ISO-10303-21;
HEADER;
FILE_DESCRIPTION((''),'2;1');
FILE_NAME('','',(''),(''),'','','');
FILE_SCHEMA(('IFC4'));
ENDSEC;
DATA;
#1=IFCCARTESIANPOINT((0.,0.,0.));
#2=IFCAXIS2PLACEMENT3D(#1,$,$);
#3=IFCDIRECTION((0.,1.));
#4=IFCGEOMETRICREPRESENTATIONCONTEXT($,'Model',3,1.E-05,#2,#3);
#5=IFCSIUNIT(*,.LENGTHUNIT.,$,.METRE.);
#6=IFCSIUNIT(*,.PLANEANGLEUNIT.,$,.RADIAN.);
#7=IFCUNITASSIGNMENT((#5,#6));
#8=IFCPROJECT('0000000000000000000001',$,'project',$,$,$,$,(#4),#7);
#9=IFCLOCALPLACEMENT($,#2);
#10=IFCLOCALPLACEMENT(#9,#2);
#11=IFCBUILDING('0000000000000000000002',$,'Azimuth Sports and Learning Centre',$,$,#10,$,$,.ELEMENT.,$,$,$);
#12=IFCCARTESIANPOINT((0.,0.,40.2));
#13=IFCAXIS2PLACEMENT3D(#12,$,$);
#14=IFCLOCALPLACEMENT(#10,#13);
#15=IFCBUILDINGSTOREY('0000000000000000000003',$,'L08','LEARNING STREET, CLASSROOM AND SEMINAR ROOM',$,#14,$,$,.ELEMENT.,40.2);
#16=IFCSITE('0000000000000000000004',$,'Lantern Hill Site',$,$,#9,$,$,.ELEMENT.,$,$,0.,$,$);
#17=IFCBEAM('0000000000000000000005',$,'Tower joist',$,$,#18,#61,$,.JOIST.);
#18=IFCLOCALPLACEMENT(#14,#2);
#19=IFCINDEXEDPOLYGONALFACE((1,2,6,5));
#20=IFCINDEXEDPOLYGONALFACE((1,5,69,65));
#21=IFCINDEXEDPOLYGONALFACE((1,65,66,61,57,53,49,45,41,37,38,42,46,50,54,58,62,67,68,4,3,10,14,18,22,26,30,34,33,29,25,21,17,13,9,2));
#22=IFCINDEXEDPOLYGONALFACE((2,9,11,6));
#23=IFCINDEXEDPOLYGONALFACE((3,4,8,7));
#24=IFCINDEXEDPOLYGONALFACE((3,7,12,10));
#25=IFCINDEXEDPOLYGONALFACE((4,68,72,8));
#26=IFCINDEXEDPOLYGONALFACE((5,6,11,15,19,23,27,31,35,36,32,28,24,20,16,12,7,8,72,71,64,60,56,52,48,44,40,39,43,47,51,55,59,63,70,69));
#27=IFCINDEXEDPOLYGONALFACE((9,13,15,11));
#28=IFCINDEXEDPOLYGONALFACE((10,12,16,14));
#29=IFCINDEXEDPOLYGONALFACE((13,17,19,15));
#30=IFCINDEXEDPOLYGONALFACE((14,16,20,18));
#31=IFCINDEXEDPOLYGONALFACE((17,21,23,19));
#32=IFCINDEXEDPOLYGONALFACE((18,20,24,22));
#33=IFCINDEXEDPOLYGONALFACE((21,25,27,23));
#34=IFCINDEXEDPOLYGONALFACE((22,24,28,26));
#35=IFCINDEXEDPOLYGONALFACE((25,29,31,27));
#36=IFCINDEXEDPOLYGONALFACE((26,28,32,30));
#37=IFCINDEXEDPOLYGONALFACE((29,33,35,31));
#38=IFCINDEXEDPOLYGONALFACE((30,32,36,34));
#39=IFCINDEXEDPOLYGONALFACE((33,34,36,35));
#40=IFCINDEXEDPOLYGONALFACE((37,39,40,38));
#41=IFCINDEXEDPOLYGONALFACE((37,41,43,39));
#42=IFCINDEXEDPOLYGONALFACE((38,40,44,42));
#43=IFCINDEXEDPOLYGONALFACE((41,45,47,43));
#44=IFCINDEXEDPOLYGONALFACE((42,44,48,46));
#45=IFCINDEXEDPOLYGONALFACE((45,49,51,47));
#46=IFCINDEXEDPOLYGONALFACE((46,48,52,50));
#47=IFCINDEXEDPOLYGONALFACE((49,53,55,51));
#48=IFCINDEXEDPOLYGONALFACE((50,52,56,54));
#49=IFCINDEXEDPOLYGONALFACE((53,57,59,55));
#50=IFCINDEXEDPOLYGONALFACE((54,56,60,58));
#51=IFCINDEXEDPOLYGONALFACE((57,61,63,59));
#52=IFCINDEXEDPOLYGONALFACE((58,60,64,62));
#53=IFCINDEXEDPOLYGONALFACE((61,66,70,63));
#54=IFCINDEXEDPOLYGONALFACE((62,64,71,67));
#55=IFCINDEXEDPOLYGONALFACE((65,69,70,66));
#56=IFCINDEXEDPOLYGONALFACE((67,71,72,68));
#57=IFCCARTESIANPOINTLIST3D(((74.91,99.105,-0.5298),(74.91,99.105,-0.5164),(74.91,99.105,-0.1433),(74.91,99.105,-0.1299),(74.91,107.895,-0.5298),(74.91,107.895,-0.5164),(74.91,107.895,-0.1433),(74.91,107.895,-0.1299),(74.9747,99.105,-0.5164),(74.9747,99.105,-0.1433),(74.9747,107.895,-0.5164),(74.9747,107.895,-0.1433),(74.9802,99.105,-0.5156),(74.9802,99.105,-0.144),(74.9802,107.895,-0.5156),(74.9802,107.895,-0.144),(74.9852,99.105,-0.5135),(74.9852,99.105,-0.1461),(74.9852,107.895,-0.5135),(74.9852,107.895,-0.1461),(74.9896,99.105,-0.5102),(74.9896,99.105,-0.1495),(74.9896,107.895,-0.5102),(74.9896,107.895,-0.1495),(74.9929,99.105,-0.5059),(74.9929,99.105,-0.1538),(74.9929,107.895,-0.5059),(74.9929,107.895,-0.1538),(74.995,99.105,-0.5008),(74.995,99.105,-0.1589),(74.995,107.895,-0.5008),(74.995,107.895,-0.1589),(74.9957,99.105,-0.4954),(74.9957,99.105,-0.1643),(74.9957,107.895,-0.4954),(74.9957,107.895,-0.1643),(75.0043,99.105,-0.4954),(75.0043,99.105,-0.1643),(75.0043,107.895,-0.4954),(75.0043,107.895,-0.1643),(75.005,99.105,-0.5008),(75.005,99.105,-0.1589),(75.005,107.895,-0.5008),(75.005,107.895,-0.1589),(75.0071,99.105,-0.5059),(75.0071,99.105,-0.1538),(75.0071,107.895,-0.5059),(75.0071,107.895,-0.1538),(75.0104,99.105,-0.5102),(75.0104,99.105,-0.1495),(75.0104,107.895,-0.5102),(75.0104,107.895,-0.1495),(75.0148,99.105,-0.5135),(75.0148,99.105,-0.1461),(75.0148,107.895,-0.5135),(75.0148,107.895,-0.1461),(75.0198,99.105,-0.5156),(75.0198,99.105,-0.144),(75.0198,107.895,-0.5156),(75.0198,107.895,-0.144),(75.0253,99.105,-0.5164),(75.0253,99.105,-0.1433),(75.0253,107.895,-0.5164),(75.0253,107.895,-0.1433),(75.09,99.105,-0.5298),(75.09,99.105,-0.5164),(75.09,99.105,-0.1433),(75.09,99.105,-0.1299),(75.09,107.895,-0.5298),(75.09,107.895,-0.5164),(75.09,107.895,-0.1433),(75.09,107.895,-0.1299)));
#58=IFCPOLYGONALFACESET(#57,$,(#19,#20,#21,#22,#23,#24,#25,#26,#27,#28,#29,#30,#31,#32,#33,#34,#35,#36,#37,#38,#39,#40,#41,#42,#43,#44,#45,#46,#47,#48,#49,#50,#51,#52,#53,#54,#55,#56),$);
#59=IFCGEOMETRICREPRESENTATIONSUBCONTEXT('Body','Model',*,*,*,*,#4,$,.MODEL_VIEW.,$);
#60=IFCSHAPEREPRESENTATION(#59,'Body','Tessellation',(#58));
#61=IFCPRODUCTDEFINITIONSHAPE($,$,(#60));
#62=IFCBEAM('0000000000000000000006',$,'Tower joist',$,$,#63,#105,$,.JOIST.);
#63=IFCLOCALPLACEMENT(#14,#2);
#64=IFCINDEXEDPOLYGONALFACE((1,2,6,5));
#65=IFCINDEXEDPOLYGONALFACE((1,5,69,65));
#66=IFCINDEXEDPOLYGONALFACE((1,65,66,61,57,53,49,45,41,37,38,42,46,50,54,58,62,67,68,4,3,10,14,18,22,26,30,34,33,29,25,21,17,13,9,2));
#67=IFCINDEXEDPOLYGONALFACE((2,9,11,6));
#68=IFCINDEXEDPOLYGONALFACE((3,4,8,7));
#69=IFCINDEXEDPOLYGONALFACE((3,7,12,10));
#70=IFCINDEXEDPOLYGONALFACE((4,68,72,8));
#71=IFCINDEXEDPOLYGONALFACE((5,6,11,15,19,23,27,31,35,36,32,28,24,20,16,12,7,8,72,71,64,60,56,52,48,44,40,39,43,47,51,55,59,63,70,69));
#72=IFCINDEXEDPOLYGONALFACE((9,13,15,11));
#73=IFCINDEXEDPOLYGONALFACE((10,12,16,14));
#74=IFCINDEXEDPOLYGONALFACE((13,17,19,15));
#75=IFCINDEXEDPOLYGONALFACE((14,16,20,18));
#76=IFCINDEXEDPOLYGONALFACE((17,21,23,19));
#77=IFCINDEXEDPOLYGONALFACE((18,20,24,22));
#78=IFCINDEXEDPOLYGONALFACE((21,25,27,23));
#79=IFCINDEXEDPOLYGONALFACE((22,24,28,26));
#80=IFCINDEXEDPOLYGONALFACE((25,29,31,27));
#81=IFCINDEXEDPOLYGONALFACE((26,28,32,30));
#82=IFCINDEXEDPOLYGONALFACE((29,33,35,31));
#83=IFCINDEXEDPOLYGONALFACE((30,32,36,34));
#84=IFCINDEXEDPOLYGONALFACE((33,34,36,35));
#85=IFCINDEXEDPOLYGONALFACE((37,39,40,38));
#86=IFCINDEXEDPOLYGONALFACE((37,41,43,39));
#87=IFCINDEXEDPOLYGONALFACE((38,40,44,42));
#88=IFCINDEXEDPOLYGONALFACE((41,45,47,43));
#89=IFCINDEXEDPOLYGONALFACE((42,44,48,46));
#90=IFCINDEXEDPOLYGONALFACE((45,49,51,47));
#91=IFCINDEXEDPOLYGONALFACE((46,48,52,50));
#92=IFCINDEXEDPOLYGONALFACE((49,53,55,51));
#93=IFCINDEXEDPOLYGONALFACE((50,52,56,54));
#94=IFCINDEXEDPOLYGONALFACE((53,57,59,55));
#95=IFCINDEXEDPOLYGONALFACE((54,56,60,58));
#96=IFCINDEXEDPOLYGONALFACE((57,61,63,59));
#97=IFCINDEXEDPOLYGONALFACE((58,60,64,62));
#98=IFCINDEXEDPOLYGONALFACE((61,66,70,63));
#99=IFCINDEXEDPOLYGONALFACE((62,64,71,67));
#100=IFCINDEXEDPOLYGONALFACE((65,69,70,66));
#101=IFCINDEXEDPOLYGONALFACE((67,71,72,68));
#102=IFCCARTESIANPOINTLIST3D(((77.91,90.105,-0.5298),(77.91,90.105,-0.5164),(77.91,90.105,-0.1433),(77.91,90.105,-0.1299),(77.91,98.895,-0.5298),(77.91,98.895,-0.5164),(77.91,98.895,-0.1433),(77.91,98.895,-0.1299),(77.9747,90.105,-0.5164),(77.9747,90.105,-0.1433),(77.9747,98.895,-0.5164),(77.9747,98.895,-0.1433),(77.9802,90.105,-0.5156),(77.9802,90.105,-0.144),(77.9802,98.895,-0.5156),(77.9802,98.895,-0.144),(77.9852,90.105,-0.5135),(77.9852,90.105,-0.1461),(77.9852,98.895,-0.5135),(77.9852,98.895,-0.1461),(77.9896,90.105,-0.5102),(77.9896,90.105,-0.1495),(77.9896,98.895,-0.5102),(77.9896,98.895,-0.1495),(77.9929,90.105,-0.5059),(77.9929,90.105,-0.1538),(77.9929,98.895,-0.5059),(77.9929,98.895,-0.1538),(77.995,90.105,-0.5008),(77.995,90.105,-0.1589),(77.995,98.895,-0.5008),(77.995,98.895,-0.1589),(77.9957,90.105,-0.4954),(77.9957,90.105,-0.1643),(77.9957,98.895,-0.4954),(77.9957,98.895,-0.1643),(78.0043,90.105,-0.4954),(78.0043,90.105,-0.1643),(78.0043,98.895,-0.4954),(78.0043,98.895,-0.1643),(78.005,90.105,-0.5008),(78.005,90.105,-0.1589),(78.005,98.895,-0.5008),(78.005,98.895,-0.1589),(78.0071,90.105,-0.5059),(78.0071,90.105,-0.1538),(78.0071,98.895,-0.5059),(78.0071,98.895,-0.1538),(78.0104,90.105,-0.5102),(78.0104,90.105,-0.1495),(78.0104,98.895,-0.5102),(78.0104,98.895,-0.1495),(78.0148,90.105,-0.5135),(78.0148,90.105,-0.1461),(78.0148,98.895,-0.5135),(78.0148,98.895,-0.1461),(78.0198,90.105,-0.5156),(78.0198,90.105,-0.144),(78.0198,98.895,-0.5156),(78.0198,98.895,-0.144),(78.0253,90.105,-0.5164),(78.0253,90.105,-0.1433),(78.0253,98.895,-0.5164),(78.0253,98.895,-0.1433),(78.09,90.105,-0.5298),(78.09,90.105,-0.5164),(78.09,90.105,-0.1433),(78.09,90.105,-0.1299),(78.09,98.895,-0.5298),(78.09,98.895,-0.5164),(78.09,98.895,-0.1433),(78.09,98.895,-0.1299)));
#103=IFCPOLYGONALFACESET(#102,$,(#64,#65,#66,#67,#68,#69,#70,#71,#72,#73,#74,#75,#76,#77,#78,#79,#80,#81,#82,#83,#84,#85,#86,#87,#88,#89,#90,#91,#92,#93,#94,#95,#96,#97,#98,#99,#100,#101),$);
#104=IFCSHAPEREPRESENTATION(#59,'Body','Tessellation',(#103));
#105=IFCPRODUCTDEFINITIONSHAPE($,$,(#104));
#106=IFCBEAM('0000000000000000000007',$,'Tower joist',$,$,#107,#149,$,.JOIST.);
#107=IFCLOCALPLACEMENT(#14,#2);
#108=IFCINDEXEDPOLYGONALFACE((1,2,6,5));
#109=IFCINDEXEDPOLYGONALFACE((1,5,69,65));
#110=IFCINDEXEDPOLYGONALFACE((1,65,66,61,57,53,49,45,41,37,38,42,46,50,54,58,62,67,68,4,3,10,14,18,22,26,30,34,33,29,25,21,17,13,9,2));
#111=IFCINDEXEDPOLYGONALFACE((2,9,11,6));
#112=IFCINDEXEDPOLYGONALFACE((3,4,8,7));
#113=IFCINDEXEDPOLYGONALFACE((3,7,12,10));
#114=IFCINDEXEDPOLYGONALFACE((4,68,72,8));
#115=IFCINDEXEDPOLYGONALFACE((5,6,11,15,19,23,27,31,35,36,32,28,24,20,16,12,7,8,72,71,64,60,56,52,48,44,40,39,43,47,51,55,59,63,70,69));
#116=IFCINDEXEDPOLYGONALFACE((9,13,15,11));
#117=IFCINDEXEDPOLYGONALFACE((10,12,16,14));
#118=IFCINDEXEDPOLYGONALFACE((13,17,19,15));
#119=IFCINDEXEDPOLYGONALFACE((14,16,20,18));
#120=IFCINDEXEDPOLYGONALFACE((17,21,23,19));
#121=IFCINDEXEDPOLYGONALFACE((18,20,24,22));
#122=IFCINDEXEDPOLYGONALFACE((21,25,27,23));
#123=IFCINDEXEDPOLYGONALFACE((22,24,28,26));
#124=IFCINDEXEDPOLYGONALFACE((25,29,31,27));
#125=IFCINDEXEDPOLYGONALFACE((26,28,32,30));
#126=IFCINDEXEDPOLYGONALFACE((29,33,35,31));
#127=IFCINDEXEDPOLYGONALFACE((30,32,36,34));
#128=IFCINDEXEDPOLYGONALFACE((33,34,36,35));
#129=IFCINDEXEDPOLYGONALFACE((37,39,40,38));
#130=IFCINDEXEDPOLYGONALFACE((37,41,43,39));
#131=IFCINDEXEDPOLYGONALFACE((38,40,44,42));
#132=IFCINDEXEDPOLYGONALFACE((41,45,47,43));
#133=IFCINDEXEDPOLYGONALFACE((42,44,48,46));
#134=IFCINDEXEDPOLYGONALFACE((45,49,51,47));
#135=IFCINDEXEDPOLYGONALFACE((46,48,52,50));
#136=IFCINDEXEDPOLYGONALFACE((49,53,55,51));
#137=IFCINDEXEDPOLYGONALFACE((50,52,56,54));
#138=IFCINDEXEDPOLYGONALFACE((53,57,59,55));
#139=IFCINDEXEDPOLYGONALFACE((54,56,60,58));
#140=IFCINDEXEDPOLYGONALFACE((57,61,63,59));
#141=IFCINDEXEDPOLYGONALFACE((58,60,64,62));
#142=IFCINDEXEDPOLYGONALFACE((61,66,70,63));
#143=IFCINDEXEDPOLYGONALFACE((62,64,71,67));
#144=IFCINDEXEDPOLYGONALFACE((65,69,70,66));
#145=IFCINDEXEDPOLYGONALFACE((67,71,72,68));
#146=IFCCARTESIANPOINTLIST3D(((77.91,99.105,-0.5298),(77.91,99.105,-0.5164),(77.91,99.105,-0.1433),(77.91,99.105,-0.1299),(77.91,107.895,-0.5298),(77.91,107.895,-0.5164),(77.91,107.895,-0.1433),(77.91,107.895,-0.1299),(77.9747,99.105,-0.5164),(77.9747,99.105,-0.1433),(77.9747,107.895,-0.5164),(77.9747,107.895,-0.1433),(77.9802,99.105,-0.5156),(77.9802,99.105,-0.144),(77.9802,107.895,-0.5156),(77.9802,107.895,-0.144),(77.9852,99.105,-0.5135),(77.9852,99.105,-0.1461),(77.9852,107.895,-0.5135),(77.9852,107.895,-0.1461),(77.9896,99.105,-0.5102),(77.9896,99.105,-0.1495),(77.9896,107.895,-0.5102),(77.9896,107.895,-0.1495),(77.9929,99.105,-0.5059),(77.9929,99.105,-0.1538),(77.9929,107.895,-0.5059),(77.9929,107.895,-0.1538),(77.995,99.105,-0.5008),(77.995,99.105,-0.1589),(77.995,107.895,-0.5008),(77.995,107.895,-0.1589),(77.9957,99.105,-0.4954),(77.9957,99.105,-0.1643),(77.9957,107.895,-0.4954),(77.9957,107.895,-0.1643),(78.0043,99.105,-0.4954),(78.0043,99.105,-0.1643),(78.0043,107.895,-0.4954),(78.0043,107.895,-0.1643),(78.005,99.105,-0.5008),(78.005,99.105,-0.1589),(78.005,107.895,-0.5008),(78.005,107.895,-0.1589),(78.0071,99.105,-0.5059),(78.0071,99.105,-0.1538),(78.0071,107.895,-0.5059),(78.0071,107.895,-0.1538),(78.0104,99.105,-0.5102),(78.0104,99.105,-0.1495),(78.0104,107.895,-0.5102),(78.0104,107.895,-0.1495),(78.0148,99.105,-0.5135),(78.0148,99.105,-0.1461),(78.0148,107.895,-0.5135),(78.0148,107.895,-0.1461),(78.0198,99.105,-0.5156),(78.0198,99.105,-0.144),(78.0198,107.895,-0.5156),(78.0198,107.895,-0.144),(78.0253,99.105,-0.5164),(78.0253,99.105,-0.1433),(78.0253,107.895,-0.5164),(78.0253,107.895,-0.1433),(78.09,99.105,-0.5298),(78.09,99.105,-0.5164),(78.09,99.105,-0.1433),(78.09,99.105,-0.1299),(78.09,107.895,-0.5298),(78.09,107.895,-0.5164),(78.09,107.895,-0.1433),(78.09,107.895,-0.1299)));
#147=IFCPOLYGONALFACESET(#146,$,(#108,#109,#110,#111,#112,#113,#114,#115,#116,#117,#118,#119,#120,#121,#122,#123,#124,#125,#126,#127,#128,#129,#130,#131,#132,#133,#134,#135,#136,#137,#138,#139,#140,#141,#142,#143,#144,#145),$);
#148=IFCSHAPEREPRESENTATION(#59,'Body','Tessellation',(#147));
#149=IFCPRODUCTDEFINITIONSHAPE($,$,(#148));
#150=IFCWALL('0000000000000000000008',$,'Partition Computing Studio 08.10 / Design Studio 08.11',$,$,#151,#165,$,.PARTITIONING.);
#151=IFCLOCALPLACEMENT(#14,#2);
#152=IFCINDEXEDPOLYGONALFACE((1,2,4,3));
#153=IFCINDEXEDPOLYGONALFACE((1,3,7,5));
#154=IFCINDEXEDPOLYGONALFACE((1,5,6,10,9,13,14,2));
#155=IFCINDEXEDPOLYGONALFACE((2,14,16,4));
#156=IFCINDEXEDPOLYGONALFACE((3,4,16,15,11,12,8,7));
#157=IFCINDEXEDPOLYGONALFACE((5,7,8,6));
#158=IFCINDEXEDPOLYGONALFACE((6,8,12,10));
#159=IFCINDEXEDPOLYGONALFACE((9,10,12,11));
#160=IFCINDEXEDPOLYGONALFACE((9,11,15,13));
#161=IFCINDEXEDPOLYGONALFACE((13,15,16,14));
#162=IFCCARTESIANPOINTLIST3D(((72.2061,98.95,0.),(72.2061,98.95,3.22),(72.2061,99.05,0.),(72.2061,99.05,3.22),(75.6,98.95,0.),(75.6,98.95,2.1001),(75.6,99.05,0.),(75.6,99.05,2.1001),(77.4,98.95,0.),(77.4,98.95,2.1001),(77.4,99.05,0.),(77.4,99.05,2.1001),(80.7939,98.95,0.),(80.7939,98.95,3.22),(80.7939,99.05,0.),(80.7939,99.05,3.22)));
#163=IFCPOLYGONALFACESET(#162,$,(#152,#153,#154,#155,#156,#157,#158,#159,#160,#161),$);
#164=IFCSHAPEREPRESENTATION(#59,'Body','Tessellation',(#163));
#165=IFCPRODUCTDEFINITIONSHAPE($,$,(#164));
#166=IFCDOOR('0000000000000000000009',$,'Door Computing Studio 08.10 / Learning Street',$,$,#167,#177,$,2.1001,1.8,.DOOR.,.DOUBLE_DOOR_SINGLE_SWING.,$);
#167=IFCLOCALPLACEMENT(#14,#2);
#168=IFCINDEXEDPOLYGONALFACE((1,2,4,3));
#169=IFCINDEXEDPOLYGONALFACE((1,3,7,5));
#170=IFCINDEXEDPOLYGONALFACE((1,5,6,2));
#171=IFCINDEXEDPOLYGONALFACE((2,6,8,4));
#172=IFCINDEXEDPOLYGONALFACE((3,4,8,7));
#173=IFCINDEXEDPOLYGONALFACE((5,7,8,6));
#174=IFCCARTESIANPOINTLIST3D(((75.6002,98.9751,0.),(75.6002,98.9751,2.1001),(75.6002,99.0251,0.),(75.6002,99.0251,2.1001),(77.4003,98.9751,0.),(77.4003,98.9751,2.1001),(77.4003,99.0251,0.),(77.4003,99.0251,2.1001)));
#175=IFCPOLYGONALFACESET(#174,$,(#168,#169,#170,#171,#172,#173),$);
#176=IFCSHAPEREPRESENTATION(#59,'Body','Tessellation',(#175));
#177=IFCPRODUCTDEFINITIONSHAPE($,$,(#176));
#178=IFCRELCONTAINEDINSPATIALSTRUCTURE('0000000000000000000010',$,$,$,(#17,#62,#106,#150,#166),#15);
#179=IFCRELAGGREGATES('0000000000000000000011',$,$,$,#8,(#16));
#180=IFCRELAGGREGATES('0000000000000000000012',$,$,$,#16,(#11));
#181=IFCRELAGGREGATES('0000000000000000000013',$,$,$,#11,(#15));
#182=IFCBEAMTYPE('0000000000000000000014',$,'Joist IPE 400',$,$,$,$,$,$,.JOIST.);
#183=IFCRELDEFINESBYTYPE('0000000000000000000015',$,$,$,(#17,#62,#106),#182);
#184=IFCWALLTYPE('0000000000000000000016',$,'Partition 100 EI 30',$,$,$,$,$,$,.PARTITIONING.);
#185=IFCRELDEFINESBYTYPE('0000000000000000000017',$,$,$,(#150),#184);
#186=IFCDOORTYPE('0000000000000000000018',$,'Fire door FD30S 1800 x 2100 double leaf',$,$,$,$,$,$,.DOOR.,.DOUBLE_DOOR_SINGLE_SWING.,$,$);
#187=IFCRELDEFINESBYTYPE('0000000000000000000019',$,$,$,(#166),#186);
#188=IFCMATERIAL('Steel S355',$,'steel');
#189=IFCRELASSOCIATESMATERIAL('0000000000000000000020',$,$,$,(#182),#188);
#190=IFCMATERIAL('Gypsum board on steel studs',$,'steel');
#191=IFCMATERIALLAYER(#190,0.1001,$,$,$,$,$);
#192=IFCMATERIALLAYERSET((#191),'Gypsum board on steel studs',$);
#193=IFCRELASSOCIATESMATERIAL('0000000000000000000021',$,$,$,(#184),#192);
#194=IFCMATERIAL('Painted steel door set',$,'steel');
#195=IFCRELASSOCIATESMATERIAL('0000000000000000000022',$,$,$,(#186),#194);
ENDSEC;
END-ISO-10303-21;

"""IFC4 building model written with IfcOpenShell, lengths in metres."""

from ifc_helpers import new_model, si_unit, direction, frame, frame_2d, origin, origin_2d, place, context, subcontext, project, spatial, rectangle, i_section, extrude, material, layer, layer_set, material_profile, profile_set, type_object, element, fill, save


model = new_model("IFC4")

# Units and contexts
model_context = context("Model", 3, precision=1e-05, world=origin(), true_north=direction((0.0, 1.0)))
body_context = subcontext(model_context, "Body", "Model", "MODEL_VIEW")
ifc_project = project(units=[si_unit("LENGTHUNIT", "METRE"), si_unit("PLANEANGLEUNIT", "RADIAN")], contexts=[model_context])

# Site, building, storey
site_placement = place(None, origin())
site = spatial("IfcSite", under=ifc_project, at=site_placement, Name="Lantern Hill Site", CompositionType="ELEMENT", RefElevation=0.0)
building_placement = place(site_placement, origin())
building = spatial("IfcBuilding", under=site, at=building_placement, Name="Azimuth Sports and Learning Centre", CompositionType="ELEMENT")
storey_placement = place(building_placement, frame((0.0, 0.0, 40.2)))
storey = spatial("IfcBuildingStorey", under=building, at=storey_placement, Name="L08", Description="LEARNING STREET, CLASSROOM AND SEMINAR ROOM", CompositionType="ELEMENT", Elevation=40.2)

# Beams
ifc_material_1 = material(Name="Steel S355", Category="steel")
ifc_material_profile_1 = material_profile(ifc_material_1, i_section(OverallWidth=0.1799, OverallDepth=0.3999, WebThickness=0.0085, FlangeThickness=0.0134, FilletRadius=0.021, at=origin_2d()), Name="IPE 400")
ifc_profile_set_1 = profile_set([ifc_material_profile_1], Name="Steel S355")
beam_type_1 = type_object("IfcBeamType", Name="Joist IPE 400", PredefinedType="JOIST", material=ifc_profile_set_1)
for number, where, z_axis, x_axis, name in (
    (1, (75.0, 99.105, -0.3298), (0.0, 1.0, 0.0), (-1.0, 0.0, 0.0), "Tower joist"),
    (2, (78.0, 90.105, -0.3298), (0.0, 1.0, 0.0), (-1.0, 0.0, 0.0), "Tower joist"),
    (3, (78.0, 99.105, -0.3298), (0.0, 1.0, 0.0), (-1.0, 0.0, 0.0), "Tower joist"),
):
    element("IfcBeam", number, at=place(storey_placement, frame(where, z_axis=z_axis, x_axis=x_axis)), inside=storey, type_object=beam_type_1, Name=name, PredefinedType="JOIST", context=body_context, shape_type="SweptSolid", body=[
        extrude(i_section(OverallWidth=0.1799, OverallDepth=0.3999, WebThickness=0.0085, FlangeThickness=0.0134, FilletRadius=0.021, at=origin_2d()), origin(), (0.0, 0.0, 1.0), 8.79),
    ])

# Wall, opening, door
ifc_material_2 = material(Name="Gypsum board on steel studs", Category="steel")
ifc_layer_1 = layer(ifc_material_2, 0.1001)
ifc_layer_set_1 = layer_set([ifc_layer_1], Name="Gypsum board on steel studs")
wall_type_1 = type_object("IfcWallType", Name="Partition 100 EI 30", PredefinedType="PARTITIONING", material=ifc_layer_set_1)
wall_1_placement = place(storey_placement, frame((72.2061, 99.0, 0.0), z_axis=(0.0, 0.0, 1.0), x_axis=(1.0, 0.0, 0.0)))
wall_1 = element("IfcWall", 4, at=wall_1_placement, inside=storey, type_object=wall_type_1, Name="Partition Computing Studio 08.10 / Design Studio 08.11", PredefinedType="PARTITIONING", context=body_context, shape_type="SweptSolid", body=[
    extrude(rectangle(XDim=8.5879, YDim=0.1001, at=frame_2d((4.2939, 0.0))), origin(), (0.0, 0.0, 1.0), 3.22),
])
opening_1_placement = place(wall_1_placement, frame((3.394, 0.0, 0.0)))
opening_1 = element("IfcOpeningElement", 5, at=opening_1_placement, cuts=wall_1, PredefinedType="OPENING", context=body_context, shape_type="SweptSolid", body=[
    extrude(rectangle(XDim=1.8, YDim=2.1001, at=frame_2d((0.8999, 1.05))), frame((0.0, 0.061, 0.0), z_axis=(0.0, -1.0, 0.0), x_axis=(1.0, 0.0, 0.0)), (0.0, 0.0, 1.0), 0.1221),
])
ifc_material_3 = material(Name="Painted steel door set", Category="steel")
door_type = type_object("IfcDoorType", Name="Fire door FD30S 1800 x 2100 double leaf", OperationType="DOUBLE_DOOR_SINGLE_SWING", PredefinedType="DOOR", material=ifc_material_3)
door_1_placement = place(opening_1_placement, frame((1.8, 0.0, 0.0), z_axis=(0.0, 0.0, 1.0), x_axis=(-1.0, 0.0, 0.0)))
door_1 = element("IfcDoor", 6, at=door_1_placement, inside=storey, type_object=door_type, Name="Door Computing Studio 08.10 / Learning Street", OperationType="DOUBLE_DOOR_SINGLE_SWING", OverallHeight=2.1001, OverallWidth=1.8, PredefinedType="DOOR", context=body_context, shape_type="SweptSolid", body=[
    extrude(rectangle(XDim=1.8, YDim=2.1001, at=frame_2d((0.8999, 1.05))), frame((0.0, 0.0249, 0.0), z_axis=(0.0, -1.0, 0.0), x_axis=(1.0, 0.0, 0.0)), (0.0, 0.0, 1.0), 0.05),
])
fill(opening_1, door_1)

save(model, "model.ifc")
